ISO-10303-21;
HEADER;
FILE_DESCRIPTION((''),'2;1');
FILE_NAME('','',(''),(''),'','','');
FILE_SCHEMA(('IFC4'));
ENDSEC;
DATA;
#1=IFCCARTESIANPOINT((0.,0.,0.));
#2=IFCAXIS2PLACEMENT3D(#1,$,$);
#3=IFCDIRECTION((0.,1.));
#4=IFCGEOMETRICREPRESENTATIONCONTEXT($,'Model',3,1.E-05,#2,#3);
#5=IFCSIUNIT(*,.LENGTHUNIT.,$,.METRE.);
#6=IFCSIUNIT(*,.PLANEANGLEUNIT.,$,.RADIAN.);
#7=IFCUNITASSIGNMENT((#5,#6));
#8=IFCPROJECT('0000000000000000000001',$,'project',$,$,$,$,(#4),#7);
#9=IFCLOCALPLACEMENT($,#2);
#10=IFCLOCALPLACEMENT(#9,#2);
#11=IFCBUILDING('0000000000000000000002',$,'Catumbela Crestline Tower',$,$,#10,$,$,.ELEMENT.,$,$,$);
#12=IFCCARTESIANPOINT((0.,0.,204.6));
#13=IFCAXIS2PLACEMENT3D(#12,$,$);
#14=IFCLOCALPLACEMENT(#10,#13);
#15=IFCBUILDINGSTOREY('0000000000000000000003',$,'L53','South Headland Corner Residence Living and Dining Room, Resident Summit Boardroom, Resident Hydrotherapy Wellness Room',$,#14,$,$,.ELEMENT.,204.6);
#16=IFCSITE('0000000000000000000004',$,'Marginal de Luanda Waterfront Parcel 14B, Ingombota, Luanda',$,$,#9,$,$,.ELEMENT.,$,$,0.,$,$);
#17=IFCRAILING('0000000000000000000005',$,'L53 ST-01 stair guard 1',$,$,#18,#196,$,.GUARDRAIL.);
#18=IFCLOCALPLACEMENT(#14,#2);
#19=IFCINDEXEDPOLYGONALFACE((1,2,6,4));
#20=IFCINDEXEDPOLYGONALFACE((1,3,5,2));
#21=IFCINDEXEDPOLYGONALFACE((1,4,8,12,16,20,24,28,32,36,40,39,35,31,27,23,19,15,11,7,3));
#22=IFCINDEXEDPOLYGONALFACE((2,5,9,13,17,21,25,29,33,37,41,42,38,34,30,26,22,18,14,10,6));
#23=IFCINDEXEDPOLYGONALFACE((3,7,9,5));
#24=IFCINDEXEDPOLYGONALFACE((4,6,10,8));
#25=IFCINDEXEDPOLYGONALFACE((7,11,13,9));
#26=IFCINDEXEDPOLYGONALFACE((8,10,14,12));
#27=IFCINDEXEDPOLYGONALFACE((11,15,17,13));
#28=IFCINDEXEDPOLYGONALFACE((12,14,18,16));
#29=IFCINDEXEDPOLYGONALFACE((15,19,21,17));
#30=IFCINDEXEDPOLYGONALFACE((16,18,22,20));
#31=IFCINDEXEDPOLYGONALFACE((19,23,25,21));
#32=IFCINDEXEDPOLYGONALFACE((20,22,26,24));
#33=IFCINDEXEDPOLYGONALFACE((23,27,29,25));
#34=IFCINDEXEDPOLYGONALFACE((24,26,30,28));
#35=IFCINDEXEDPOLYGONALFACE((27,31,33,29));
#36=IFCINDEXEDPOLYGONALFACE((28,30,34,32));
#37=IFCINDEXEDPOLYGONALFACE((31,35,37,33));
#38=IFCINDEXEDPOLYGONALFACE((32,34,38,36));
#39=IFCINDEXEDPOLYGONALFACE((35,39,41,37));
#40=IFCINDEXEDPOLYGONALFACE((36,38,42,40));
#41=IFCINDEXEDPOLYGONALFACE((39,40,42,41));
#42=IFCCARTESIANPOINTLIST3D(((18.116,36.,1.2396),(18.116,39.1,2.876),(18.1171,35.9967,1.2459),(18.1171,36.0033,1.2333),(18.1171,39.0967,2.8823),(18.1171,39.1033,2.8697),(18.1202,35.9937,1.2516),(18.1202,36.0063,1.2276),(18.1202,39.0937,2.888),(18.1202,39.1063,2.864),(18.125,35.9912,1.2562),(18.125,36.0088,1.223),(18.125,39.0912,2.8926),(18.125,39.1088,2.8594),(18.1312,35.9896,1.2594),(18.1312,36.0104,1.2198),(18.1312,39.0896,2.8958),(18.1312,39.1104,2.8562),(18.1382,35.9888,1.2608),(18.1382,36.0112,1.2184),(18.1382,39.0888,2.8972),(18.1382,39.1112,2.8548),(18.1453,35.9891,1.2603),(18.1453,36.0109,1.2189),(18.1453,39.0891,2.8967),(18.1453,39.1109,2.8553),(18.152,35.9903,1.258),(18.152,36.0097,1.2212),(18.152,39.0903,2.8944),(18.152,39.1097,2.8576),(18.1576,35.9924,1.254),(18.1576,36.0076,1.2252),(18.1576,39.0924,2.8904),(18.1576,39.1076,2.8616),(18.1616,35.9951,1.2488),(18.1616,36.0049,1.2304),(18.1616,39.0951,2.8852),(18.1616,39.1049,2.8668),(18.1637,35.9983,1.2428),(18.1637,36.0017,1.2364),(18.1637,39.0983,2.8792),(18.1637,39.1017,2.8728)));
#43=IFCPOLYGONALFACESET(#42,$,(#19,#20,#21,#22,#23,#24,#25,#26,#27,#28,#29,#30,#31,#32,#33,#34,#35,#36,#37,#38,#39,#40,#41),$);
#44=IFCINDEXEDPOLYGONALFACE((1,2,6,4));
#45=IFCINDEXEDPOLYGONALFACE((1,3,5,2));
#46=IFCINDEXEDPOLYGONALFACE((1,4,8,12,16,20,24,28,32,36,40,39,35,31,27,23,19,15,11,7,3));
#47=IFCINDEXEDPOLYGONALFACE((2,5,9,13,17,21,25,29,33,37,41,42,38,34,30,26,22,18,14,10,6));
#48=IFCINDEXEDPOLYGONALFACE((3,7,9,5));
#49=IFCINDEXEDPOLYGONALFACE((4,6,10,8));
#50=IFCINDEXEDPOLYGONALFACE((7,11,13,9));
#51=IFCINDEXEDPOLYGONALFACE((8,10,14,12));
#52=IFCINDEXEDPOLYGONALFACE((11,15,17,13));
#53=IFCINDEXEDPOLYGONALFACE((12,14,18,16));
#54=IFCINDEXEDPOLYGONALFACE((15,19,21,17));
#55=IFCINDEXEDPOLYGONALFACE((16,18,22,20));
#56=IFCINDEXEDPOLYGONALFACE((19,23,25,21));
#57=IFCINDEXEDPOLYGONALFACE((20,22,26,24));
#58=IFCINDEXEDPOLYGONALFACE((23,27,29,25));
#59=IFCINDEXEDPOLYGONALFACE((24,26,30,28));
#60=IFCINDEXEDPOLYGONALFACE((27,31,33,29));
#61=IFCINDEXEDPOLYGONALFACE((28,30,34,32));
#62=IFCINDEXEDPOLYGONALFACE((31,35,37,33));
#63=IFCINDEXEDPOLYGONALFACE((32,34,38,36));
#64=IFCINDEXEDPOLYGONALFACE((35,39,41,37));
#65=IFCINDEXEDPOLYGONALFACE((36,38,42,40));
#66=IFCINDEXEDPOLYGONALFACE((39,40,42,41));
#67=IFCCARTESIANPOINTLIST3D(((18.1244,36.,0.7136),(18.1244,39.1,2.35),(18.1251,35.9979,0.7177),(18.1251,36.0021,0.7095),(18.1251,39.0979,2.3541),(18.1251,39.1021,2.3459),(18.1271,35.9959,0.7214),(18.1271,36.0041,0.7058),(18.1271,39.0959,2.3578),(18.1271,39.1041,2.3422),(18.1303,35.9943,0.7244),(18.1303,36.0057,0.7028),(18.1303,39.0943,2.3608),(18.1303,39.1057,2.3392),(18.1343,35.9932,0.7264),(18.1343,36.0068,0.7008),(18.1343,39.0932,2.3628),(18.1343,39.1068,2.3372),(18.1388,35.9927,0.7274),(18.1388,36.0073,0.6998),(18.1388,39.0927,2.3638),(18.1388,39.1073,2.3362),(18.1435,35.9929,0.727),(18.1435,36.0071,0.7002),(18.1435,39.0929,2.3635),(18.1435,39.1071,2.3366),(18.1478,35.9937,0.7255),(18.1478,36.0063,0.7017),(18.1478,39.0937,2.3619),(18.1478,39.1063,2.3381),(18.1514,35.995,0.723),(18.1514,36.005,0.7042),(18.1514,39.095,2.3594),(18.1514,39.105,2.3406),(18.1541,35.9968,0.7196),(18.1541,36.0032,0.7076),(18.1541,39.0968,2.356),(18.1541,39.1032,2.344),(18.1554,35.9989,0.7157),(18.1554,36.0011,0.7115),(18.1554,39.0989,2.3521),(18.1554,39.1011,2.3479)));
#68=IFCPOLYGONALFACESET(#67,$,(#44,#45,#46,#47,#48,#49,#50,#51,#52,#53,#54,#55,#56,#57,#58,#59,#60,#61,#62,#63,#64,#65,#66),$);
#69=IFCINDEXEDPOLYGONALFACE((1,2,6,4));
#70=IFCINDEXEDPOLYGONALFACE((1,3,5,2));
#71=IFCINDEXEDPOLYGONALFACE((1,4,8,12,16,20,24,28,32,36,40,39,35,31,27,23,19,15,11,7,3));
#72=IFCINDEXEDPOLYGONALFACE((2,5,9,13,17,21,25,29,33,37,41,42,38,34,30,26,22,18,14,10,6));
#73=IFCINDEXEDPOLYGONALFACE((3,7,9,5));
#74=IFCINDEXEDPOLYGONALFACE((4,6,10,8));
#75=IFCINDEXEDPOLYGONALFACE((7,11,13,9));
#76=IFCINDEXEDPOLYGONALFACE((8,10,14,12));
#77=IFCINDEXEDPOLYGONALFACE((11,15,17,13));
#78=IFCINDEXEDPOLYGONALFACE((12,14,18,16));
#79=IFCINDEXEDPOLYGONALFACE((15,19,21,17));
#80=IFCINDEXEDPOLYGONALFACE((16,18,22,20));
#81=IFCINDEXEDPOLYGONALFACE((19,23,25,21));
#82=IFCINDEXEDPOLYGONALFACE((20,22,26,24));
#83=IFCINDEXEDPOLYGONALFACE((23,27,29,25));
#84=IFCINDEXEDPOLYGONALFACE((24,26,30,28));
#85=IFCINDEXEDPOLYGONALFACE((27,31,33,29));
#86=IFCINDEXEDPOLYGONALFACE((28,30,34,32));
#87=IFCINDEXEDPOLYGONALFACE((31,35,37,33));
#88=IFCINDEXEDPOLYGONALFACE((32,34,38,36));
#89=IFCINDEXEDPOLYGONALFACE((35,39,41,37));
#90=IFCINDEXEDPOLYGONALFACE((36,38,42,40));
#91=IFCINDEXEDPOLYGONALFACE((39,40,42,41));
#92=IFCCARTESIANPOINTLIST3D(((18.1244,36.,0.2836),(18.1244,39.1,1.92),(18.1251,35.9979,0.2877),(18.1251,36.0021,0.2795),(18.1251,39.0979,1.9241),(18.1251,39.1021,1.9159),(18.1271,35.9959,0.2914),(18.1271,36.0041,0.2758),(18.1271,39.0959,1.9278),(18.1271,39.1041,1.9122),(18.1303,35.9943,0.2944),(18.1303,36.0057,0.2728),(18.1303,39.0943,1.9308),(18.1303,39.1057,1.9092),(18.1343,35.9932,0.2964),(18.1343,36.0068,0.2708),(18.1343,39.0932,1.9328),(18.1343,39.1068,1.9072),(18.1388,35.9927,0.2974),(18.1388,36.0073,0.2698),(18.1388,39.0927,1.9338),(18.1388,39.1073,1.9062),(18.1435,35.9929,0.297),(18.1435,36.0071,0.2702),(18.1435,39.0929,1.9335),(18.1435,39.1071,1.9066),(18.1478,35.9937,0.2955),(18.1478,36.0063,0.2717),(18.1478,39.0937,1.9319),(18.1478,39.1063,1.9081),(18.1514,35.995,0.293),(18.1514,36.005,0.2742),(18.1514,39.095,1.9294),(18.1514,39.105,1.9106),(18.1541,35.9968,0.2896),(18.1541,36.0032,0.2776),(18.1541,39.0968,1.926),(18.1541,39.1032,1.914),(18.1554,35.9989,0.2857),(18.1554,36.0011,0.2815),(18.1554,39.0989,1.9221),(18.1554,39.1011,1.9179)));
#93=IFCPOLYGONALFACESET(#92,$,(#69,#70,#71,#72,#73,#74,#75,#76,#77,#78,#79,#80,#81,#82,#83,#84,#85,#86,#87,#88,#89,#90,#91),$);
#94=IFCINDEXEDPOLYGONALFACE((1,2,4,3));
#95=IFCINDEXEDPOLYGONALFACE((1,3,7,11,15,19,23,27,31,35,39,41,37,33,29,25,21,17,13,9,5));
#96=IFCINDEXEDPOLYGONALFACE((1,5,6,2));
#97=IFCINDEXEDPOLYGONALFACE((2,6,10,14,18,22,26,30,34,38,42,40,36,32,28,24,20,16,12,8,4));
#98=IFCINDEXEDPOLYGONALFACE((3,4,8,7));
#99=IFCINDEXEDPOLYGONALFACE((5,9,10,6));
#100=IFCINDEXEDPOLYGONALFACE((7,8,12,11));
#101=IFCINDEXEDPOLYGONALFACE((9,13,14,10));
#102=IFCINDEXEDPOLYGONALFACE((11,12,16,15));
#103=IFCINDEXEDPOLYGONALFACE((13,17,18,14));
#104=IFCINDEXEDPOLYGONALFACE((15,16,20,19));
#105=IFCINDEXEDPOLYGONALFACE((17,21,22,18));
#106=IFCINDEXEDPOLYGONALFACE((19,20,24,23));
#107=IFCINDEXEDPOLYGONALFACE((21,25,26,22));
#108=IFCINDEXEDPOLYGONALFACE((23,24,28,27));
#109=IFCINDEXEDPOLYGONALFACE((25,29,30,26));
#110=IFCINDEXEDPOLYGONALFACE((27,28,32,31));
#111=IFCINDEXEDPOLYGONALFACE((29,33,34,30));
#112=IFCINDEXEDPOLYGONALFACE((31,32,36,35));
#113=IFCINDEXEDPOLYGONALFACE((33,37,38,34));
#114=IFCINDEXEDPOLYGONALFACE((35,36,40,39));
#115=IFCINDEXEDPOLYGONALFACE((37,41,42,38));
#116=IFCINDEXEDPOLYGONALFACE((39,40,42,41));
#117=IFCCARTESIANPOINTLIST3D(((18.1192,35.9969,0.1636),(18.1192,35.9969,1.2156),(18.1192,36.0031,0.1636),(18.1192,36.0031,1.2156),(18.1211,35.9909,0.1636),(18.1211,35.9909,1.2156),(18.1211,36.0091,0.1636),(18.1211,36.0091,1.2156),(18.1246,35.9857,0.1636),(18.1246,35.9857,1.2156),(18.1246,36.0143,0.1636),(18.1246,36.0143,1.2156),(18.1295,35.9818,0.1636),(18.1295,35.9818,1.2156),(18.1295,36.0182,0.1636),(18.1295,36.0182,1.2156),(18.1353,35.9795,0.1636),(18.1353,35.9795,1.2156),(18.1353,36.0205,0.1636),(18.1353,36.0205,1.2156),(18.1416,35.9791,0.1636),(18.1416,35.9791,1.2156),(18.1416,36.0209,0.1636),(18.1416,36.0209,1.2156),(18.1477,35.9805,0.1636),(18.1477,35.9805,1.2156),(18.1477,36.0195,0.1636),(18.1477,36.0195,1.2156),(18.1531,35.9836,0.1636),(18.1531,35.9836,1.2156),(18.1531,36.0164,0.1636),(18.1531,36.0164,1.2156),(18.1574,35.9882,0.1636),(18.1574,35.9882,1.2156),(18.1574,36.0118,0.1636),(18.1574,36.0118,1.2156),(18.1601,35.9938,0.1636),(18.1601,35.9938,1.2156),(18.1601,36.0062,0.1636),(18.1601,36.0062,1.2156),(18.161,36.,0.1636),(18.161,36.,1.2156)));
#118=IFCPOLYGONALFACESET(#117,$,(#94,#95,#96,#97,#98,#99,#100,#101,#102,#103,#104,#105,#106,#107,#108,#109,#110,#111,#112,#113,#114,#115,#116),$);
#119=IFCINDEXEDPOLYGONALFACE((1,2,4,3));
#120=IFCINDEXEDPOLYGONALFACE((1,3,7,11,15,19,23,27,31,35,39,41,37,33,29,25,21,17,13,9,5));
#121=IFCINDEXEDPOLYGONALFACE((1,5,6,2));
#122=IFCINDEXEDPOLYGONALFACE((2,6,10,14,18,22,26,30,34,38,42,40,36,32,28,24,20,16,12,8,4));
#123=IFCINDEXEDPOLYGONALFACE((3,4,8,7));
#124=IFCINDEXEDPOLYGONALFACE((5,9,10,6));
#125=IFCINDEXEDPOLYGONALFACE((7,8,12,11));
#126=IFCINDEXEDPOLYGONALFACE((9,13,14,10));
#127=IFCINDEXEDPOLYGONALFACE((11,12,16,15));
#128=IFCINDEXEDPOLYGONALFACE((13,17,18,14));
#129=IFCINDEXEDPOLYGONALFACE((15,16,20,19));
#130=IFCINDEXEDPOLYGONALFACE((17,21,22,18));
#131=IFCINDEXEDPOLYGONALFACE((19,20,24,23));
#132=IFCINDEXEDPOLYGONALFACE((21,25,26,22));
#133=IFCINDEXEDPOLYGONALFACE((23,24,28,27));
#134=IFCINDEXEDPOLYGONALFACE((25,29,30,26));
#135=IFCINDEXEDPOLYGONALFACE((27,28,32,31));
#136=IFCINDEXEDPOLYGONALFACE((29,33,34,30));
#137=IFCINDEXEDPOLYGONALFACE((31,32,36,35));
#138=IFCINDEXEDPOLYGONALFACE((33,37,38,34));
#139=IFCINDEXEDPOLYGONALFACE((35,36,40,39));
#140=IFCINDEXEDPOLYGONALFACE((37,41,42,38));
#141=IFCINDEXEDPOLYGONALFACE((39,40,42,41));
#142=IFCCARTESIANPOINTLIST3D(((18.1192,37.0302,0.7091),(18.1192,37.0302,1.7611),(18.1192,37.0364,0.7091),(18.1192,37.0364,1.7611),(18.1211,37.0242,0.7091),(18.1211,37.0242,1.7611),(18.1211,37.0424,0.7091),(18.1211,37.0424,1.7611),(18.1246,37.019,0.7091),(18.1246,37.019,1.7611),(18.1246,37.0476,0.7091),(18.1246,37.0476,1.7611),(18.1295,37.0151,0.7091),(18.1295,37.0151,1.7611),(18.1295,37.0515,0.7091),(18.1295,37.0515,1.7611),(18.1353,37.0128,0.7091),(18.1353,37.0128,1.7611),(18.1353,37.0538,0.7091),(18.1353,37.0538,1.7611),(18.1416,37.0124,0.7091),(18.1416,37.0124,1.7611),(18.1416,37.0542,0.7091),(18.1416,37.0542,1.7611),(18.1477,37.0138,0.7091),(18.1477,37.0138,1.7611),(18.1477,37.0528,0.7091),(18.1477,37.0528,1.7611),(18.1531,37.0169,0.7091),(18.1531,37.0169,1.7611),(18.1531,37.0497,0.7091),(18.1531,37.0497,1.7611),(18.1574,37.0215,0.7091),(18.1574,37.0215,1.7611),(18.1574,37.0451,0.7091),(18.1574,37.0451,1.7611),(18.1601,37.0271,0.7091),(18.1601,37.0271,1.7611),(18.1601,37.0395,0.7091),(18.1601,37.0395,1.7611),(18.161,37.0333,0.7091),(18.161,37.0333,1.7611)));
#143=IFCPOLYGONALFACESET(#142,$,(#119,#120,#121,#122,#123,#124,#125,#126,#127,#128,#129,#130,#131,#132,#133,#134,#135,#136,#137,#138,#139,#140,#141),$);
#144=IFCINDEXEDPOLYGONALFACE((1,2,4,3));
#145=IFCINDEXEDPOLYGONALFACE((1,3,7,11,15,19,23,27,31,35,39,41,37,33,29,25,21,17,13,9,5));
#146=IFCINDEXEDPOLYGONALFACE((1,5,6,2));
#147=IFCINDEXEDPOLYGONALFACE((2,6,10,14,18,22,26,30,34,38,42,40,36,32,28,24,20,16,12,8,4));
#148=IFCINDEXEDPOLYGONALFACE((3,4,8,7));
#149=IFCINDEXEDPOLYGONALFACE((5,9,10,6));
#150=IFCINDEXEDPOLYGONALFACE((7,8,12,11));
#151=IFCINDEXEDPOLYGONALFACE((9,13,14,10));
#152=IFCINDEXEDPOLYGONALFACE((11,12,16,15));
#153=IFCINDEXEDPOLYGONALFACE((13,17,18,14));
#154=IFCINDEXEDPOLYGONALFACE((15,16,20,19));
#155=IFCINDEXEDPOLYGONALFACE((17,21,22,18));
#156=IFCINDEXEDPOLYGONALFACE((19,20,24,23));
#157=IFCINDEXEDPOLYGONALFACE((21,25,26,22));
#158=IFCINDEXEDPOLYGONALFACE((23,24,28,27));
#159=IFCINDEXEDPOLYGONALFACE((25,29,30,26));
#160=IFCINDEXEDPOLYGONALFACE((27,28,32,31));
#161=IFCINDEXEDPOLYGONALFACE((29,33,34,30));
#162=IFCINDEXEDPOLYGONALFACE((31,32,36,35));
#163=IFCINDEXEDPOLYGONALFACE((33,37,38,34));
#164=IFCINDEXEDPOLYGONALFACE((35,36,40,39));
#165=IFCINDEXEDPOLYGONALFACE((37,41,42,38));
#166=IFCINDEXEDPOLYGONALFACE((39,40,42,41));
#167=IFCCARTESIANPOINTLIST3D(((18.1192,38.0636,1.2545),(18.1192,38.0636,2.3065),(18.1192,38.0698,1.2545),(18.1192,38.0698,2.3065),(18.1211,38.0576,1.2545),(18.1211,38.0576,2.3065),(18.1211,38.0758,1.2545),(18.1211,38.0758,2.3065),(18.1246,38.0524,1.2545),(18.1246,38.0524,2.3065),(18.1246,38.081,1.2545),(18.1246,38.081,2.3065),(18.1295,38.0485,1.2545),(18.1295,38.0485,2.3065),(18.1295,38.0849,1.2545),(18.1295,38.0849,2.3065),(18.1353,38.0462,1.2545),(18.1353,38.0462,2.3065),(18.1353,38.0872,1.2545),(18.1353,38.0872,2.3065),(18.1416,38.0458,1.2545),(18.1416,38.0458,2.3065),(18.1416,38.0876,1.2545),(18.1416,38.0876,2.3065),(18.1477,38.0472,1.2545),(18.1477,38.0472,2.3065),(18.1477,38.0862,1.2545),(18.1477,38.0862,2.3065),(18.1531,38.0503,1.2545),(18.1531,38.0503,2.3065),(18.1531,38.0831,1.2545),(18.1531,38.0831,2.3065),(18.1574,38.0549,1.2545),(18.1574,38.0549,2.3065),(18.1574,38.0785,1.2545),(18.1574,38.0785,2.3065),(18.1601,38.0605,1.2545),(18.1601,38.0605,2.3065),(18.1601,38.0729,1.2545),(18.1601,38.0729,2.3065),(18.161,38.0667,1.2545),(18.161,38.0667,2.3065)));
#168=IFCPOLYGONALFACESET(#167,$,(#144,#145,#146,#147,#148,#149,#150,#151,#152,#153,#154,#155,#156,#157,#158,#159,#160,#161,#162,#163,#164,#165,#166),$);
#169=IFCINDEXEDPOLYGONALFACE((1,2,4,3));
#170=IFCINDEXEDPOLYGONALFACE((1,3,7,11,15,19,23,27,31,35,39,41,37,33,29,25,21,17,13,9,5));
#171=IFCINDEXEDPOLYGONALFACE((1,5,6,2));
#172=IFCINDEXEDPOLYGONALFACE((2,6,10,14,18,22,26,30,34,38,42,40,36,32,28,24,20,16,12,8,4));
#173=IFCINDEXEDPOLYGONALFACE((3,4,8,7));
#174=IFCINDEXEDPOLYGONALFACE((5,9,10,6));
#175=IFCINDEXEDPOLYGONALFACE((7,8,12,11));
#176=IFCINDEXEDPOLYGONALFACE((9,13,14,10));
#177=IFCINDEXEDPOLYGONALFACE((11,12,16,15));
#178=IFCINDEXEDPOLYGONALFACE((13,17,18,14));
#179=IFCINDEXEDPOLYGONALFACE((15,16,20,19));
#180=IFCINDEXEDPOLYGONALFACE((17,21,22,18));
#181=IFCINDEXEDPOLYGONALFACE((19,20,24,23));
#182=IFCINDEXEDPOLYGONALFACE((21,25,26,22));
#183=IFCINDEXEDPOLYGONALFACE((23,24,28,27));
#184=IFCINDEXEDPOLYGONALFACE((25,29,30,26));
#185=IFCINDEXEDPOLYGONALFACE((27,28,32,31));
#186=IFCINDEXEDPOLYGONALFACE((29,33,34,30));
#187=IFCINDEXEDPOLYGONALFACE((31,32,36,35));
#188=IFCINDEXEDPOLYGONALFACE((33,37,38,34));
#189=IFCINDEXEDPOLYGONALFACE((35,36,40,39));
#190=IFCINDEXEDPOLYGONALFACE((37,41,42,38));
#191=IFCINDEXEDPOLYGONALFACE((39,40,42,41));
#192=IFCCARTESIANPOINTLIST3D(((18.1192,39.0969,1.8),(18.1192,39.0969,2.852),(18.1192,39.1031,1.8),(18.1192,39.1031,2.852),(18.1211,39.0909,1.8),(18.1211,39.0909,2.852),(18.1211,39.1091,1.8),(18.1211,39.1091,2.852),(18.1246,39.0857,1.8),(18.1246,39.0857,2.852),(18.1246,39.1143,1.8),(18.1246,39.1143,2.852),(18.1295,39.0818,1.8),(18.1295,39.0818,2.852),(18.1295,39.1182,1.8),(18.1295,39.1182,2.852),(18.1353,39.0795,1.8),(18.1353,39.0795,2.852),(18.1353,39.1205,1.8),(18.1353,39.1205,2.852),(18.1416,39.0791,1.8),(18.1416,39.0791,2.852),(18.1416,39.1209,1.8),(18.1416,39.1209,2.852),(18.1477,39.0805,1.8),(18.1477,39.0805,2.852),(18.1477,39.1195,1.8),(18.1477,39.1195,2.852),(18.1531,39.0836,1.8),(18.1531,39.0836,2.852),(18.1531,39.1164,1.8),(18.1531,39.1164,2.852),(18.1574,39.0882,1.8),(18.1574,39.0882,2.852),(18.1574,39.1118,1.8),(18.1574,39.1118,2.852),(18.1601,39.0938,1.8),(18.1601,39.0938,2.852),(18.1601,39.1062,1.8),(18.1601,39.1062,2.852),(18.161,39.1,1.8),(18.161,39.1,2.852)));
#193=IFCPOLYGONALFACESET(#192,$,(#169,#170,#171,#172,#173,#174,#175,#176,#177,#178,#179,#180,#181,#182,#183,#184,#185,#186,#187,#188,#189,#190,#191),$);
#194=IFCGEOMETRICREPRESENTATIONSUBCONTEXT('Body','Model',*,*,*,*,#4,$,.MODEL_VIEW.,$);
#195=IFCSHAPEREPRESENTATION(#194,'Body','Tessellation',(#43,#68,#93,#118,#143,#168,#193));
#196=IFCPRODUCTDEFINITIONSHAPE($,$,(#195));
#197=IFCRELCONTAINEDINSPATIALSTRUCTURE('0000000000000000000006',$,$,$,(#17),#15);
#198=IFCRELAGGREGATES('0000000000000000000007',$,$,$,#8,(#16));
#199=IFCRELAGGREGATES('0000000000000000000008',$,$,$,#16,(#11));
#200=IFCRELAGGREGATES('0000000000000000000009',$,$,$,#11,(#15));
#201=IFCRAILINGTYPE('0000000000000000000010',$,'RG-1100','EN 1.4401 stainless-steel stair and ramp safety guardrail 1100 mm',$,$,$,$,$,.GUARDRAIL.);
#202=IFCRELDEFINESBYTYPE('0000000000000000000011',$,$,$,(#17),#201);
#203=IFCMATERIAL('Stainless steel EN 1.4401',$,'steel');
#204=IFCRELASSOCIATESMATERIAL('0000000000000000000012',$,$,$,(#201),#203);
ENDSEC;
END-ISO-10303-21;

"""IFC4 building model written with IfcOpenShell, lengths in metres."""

from ifc_helpers import new_model, si_unit, direction, frame, origin, origin_2d, place, context, subcontext, project, spatial, circle, extrude, material, type_object, element, save


model = new_model("IFC4")

# Units and contexts
model_context = context("Model", 3, precision=1e-05, world=origin(), true_north=direction((0.0, 1.0)))
body_context = subcontext(model_context, "Body", "Model", "MODEL_VIEW")
ifc_project = project(units=[si_unit("LENGTHUNIT", "METRE"), si_unit("PLANEANGLEUNIT", "RADIAN")], contexts=[model_context])

# Site, building, storey
site_placement = place(None, origin())
site = spatial("IfcSite", under=ifc_project, at=site_placement, Name="Marginal de Luanda Waterfront Parcel 14B, Ingombota, Luanda", CompositionType="ELEMENT", RefElevation=0.0)
building_placement = place(site_placement, origin())
building = spatial("IfcBuilding", under=site, at=building_placement, Name="Catumbela Crestline Tower", CompositionType="ELEMENT")
storey_placement = place(building_placement, frame((0.0, 0.0, 204.6)))
storey = spatial("IfcBuildingStorey", under=building, at=storey_placement, Name="L53", Description="South Headland Corner Residence Living and Dining Room, Resident Summit Boardroom, Resident Hydrotherapy Wellness Room", CompositionType="ELEMENT", Elevation=204.6)

# Shared definitions
ifc_material_1 = material(Name="Stainless steel EN 1.4401", Category="steel")

# Railing
railing_type_1 = type_object("IfcRailingType", Name="RG-1100", Description="EN 1.4401 stainless-steel stair and ramp safety guardrail 1100 mm", PredefinedType="GUARDRAIL", material=ifc_material_1)
railing_1_placement = place(storey_placement, frame((18.14, 36.0, 0.1636)))
element("IfcRailing", 1, at=railing_1_placement, inside=storey, type_object=railing_type_1, Name="L53 ST-01 stair guard 1", PredefinedType="GUARDRAIL", context=body_context, shape_type="SweptSolid", body=[
    extrude(circle(Radius=0.024, at=origin_2d()), frame((0.0, 0.0, 1.076), z_axis=(0.0, 0.884351, 0.466823), x_axis=(-1.0, 0.0, 0.0)), (0.0, 0.0, 1.0), 3.5054),
    extrude(circle(Radius=0.0156, at=origin_2d()), frame((0.0, 0.0, 0.55), z_axis=(0.0, 0.884351, 0.466823), x_axis=(-1.0, 0.0, 0.0)), (0.0, 0.0, 1.0), 3.5054),
    extrude(circle(Radius=0.0156, at=origin_2d()), frame((0.0, 0.0, 0.12), z_axis=(0.0, 0.884351, 0.466823), x_axis=(-1.0, 0.0, 0.0)), (0.0, 0.0, 1.0), 3.5054),
    extrude(circle(Radius=0.021, at=origin_2d()), origin(), (0.0, 0.0, 1.0), 1.052),
    extrude(circle(Radius=0.021, at=origin_2d()), frame((0.0, 1.0333, 0.5455)), (0.0, 0.0, 1.0), 1.052),
    extrude(circle(Radius=0.021, at=origin_2d()), frame((0.0, 2.0667, 1.0909)), (0.0, 0.0, 1.0), 1.052),
    extrude(circle(Radius=0.021, at=origin_2d()), frame((0.0, 3.1, 1.6364)), (0.0, 0.0, 1.0), 1.052),
])

save(model, "model.ifc")
